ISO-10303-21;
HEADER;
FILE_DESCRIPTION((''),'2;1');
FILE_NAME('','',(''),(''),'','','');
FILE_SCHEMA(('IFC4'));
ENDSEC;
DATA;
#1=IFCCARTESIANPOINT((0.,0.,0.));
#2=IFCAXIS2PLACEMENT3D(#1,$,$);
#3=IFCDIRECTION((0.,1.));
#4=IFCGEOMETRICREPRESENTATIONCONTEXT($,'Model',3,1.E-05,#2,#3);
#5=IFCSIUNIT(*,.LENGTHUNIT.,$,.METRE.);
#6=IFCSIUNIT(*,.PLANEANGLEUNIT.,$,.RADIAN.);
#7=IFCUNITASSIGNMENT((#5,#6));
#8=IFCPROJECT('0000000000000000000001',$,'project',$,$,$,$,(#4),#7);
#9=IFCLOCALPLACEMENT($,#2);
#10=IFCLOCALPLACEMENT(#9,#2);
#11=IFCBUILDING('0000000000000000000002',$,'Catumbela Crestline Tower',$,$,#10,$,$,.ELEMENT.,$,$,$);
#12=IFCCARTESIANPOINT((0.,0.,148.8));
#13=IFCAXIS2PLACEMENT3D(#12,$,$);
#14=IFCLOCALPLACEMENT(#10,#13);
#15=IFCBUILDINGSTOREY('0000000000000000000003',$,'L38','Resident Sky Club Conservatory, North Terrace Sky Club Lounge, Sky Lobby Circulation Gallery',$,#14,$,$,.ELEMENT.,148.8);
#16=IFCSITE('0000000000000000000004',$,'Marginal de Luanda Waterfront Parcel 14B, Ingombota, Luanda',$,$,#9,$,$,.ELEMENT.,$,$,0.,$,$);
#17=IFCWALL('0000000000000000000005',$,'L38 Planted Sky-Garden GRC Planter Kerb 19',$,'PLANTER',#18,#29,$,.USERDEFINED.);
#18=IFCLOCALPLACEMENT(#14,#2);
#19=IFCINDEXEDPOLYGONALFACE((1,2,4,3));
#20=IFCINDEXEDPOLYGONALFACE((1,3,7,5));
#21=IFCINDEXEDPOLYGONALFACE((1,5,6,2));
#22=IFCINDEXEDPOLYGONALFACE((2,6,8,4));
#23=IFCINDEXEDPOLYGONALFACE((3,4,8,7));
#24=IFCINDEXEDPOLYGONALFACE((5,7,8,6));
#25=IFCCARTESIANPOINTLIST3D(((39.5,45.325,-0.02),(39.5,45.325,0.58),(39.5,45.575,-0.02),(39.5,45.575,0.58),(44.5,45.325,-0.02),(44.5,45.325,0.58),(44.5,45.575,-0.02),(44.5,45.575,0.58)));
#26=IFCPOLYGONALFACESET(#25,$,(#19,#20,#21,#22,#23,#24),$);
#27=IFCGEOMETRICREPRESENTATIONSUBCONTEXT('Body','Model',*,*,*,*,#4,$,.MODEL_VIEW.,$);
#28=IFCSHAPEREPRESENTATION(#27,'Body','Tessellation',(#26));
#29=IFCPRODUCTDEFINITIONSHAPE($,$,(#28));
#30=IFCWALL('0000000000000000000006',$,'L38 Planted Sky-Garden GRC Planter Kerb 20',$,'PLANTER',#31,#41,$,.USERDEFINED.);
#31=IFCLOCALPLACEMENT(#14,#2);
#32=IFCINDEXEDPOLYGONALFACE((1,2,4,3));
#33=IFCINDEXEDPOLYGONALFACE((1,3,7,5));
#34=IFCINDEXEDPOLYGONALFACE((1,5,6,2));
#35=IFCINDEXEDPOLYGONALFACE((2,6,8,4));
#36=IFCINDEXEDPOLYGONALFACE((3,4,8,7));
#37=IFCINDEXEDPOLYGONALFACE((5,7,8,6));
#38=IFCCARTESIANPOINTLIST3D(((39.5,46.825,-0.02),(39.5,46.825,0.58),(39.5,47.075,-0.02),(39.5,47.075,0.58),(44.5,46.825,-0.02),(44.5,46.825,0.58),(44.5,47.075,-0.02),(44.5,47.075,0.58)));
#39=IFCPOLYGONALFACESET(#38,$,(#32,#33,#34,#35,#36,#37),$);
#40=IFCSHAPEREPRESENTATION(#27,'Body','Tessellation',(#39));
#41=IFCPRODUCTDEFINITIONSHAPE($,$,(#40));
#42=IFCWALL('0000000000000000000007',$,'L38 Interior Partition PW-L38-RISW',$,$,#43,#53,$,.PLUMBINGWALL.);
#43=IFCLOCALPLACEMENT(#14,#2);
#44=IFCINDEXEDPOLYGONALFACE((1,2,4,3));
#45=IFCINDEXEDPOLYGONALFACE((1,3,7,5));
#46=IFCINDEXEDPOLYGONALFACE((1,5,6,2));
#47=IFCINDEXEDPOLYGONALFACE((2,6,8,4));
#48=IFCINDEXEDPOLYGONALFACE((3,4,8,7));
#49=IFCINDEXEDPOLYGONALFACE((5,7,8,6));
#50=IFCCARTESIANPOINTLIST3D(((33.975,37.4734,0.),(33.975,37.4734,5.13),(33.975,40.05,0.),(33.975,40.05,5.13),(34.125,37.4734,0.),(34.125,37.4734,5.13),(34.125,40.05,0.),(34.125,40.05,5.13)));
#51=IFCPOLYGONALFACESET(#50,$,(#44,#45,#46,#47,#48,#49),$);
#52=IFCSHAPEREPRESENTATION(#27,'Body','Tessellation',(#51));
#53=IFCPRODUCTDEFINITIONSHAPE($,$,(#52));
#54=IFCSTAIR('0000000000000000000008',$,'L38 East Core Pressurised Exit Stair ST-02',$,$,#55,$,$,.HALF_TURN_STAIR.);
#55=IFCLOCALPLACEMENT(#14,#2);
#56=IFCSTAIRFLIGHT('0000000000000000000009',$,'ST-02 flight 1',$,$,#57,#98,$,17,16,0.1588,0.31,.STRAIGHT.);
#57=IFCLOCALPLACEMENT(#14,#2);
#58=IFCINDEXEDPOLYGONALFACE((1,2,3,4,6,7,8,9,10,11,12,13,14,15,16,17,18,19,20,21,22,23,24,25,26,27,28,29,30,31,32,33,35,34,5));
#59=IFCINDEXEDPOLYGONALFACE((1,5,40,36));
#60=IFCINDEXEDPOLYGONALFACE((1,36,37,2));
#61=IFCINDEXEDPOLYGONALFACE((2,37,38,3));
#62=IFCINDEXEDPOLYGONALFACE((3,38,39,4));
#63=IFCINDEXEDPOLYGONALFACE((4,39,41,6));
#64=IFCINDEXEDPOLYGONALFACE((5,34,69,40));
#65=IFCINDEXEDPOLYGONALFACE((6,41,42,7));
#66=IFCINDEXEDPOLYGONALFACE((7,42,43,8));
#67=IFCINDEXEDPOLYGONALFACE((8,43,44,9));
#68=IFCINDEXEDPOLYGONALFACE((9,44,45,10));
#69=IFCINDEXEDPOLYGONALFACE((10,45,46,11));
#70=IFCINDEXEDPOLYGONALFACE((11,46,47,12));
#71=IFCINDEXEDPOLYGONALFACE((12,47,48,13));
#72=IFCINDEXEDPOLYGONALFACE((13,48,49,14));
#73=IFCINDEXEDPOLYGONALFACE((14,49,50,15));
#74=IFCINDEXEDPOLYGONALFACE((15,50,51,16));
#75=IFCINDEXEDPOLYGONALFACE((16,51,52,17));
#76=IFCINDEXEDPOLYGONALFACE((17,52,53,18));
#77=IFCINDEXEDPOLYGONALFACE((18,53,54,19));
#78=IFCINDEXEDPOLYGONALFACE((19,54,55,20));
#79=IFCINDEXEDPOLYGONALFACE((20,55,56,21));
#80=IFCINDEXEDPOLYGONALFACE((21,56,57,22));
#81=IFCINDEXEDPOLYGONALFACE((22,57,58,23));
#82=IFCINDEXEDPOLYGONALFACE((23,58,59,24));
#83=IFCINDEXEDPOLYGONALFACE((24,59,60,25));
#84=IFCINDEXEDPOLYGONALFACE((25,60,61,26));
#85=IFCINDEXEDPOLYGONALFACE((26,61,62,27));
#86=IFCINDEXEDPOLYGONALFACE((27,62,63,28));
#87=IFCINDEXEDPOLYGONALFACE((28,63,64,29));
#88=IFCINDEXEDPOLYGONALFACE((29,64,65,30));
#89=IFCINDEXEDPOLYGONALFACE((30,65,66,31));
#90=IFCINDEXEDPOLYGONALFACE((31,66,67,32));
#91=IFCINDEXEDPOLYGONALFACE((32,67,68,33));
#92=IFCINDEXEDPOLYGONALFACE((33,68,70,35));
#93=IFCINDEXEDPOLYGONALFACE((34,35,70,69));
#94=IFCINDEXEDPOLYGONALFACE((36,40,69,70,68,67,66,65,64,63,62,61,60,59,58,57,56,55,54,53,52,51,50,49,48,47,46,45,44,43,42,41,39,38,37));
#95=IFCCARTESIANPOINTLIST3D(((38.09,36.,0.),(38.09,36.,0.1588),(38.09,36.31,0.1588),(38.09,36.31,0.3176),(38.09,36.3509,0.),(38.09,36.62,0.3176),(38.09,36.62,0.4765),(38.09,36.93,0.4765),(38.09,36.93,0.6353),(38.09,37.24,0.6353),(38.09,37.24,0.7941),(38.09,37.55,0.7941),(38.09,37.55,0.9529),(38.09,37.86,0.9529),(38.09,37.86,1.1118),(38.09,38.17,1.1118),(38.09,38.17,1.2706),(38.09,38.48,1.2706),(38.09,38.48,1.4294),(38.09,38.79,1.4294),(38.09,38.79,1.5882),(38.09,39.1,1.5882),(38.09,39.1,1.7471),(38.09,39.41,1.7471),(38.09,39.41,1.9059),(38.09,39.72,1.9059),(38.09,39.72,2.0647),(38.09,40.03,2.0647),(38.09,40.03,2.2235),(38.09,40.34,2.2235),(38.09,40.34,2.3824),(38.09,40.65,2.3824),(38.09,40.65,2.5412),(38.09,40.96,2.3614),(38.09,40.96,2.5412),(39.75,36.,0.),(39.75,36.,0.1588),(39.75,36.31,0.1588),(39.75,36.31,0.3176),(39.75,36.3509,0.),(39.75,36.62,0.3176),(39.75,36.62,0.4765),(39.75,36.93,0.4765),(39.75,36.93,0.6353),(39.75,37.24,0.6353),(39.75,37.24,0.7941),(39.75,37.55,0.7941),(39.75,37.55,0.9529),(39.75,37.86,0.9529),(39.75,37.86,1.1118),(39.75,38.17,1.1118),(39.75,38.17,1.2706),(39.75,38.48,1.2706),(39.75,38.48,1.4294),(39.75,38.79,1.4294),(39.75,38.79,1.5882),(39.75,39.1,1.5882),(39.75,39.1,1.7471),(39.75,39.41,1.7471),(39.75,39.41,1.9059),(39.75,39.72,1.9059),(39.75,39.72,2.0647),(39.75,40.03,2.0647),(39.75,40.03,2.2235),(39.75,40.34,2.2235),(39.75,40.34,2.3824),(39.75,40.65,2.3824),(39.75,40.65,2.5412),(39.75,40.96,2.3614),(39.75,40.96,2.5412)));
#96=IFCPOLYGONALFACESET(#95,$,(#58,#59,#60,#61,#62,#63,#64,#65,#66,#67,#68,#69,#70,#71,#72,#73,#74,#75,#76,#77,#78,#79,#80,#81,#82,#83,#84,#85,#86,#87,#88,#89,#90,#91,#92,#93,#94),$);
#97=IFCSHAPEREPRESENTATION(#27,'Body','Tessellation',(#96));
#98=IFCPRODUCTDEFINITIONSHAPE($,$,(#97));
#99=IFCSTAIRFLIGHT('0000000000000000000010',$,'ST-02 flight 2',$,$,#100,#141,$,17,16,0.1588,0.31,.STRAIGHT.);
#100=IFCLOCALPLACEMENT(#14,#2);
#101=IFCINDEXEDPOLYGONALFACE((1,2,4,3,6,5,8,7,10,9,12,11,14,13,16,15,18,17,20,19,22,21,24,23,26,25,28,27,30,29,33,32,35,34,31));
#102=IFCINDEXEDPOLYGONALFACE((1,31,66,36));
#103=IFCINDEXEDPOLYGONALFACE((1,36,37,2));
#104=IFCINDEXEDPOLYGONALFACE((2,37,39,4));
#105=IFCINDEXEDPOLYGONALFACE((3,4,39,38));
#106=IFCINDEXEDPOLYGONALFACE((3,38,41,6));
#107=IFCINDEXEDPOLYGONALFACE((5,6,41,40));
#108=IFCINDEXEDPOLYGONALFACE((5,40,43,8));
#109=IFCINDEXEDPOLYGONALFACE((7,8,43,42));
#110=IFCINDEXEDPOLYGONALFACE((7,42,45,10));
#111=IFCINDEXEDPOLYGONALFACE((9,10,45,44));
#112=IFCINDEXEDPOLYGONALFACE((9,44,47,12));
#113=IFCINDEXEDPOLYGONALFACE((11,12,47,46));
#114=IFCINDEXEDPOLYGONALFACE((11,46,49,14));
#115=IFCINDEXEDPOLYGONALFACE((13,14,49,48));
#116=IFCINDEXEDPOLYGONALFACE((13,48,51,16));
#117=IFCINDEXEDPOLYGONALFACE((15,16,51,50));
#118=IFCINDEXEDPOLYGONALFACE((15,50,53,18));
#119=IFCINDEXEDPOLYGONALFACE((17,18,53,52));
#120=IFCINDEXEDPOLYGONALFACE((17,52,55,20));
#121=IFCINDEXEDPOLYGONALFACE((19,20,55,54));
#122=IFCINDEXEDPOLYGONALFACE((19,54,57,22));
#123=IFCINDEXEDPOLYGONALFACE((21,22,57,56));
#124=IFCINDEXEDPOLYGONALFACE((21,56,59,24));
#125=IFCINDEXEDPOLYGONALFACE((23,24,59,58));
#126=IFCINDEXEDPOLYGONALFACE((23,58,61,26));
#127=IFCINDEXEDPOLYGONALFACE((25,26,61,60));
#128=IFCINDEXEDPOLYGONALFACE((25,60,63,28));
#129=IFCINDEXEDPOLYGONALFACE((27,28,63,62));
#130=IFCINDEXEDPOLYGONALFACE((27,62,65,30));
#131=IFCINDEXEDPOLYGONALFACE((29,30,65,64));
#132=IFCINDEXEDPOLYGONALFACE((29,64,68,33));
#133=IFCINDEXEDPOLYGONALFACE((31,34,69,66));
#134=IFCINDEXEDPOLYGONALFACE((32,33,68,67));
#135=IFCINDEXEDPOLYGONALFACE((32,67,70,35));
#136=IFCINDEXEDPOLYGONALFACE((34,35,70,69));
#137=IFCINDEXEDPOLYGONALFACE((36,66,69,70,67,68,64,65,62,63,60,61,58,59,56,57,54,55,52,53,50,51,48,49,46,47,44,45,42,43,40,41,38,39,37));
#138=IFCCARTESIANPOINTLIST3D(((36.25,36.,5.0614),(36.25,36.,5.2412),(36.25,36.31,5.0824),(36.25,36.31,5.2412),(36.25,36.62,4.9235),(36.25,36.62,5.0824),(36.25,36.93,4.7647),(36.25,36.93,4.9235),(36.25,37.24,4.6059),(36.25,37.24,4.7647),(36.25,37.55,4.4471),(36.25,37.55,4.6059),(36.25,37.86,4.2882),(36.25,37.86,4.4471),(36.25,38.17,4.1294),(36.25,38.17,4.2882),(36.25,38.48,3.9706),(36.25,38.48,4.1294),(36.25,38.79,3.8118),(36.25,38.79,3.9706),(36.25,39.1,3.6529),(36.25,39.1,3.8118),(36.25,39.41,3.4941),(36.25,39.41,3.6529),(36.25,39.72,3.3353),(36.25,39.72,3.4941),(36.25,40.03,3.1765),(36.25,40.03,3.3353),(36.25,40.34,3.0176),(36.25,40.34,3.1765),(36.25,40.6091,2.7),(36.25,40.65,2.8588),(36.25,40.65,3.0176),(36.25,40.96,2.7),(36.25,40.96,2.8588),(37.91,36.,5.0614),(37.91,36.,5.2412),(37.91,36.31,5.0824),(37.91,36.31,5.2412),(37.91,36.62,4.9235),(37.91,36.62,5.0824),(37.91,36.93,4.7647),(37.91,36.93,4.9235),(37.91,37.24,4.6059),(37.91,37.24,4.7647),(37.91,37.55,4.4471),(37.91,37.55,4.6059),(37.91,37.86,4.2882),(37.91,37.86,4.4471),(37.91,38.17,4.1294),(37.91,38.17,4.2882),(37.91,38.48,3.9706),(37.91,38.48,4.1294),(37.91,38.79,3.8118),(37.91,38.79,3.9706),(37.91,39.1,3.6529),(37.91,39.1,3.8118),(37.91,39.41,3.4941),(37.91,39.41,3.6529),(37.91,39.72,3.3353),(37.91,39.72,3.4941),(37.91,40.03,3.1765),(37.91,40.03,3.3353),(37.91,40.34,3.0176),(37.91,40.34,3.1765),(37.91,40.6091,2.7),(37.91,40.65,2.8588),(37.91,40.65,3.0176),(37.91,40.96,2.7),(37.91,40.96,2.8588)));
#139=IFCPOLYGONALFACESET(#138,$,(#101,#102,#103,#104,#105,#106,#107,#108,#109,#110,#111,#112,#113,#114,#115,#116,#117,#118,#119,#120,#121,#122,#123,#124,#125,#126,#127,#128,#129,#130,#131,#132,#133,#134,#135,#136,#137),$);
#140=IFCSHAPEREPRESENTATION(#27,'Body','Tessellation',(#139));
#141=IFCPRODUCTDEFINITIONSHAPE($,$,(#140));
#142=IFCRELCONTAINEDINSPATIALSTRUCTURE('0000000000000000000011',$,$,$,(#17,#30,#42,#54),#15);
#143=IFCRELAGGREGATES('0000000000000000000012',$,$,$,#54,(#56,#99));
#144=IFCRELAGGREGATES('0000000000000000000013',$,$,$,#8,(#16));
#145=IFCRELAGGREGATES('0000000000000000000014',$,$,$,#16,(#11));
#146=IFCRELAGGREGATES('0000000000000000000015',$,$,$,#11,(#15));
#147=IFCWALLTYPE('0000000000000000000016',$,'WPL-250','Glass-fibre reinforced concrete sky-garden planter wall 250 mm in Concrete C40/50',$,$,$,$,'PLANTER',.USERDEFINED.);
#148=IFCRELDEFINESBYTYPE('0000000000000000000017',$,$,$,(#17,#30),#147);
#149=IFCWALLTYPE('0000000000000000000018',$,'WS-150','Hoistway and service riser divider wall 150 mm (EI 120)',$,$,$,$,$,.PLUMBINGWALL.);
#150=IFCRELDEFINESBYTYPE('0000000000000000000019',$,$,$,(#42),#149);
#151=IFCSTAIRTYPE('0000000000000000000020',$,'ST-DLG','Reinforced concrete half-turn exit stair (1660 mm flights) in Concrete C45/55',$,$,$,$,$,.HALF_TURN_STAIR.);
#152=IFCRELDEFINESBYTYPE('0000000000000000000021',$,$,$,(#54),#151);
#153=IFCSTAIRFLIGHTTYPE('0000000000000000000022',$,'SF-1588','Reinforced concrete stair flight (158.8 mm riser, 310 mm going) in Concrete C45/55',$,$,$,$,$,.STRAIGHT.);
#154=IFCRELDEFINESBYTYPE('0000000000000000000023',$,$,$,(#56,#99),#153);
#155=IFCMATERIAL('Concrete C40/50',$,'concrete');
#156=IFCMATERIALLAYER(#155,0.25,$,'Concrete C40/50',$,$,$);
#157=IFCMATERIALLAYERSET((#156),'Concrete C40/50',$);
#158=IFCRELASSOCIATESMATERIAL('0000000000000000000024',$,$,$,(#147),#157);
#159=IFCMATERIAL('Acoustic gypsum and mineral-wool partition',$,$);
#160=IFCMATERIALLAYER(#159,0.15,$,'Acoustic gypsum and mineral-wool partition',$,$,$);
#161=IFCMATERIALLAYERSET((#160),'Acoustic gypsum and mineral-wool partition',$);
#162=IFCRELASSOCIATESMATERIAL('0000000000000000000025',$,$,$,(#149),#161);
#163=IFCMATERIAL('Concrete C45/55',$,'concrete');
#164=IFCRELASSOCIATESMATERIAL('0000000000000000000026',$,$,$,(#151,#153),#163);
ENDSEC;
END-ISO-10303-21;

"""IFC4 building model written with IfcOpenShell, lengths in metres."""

from ifc_helpers import new_model, si_unit, direction, frame, frame_2d, origin, place, context, subcontext, project, spatial, polyline, rectangle, outline, extrude, material, layer, layer_set, type_object, element, aggregate, save


model = new_model("IFC4")

# Units and contexts
model_context = context("Model", 3, precision=1e-05, world=origin(), true_north=direction((0.0, 1.0)))
body_context = subcontext(model_context, "Body", "Model", "MODEL_VIEW")
ifc_project = project(units=[si_unit("LENGTHUNIT", "METRE"), si_unit("PLANEANGLEUNIT", "RADIAN")], contexts=[model_context])

# Site, building, storey
site_placement = place(None, origin())
site = spatial("IfcSite", under=ifc_project, at=site_placement, Name="Marginal de Luanda Waterfront Parcel 14B, Ingombota, Luanda", CompositionType="ELEMENT", RefElevation=0.0)
building_placement = place(site_placement, origin())
building = spatial("IfcBuilding", under=site, at=building_placement, Name="Catumbela Crestline Tower", CompositionType="ELEMENT")
storey_placement = place(building_placement, frame((0.0, 0.0, 148.8)))
storey = spatial("IfcBuildingStorey", under=building, at=storey_placement, Name="L38", Description="Resident Sky Club Conservatory, North Terrace Sky Club Lounge, Sky Lobby Circulation Gallery", CompositionType="ELEMENT", Elevation=148.8)

# Shared definitions
ifc_material_1 = material(Name="Acoustic gypsum and mineral-wool partition")

# Walls
ifc_material_2 = material(Name="Concrete C40/50", Category="concrete")
ifc_layer_1 = layer(ifc_material_2, 0.25, Name="Concrete C40/50")
ifc_layer_set_1 = layer_set([ifc_layer_1], Name="Concrete C40/50")
wall_type_1 = type_object("IfcWallType", Name="WPL-250", Description="Glass-fibre reinforced concrete sky-garden planter wall 250 mm in Concrete C40/50", ElementType="PLANTER", PredefinedType="USERDEFINED", material=ifc_layer_set_1)
for number, where, z_axis, x_axis, name in (
    (1, (39.5, 45.45, -0.02), (0.0, 0.0, 1.0), (1.0, 0.0, 0.0), "L38 Planted Sky-Garden GRC Planter Kerb 19"),
    (2, (39.5, 46.95, -0.02), (0.0, 0.0, 1.0), (1.0, 0.0, 0.0), "L38 Planted Sky-Garden GRC Planter Kerb 20"),
):
    element("IfcWall", number, at=place(storey_placement, frame(where, z_axis=z_axis, x_axis=x_axis)), inside=storey, type_object=wall_type_1, Name=name, ObjectType="PLANTER", PredefinedType="USERDEFINED", context=body_context, shape_type="SweptSolid", body=[
        extrude(rectangle(XDim=5.0, YDim=0.25, at=frame_2d((2.5, 0.0))), origin(), (0.0, 0.0, 1.0), 0.6),
    ])
ifc_layer_2 = layer(ifc_material_1, 0.15, Name="Acoustic gypsum and mineral-wool partition")
ifc_layer_set_2 = layer_set([ifc_layer_2], Name="Acoustic gypsum and mineral-wool partition")
wall_type_2 = type_object("IfcWallType", Name="WS-150", Description="Hoistway and service riser divider wall 150 mm (EI 120)", PredefinedType="PLUMBINGWALL", material=ifc_layer_set_2)
wall_1_placement = place(storey_placement, frame((34.05, 37.4734, 0.0), z_axis=(0.0, 0.0, 1.0), x_axis=(0.0, 1.0, 0.0)))
element("IfcWall", 3, at=wall_1_placement, inside=storey, type_object=wall_type_2, Name="L38 Interior Partition PW-L38-RISW", PredefinedType="PLUMBINGWALL", context=body_context, shape_type="SweptSolid", body=[
    extrude(rectangle(XDim=2.5766, YDim=0.15, at=frame_2d((1.2883, 0.0))), origin(), (0.0, 0.0, 1.0), 5.13),
])

# Stair, stair flights
ifc_material_3 = material(Name="Concrete C45/55", Category="concrete")
stair_type = type_object("IfcStairType", Name="ST-DLG", Description="Reinforced concrete half-turn exit stair (1660 mm flights) in Concrete C45/55", PredefinedType="HALF_TURN_STAIR", material=ifc_material_3)
stair_placement = place(storey_placement, origin())
stair = element("IfcStair", 4, at=stair_placement, inside=storey, type_object=stair_type, Name="L38 East Core Pressurised Exit Stair ST-02", PredefinedType="HALF_TURN_STAIR")
stair_flight_type = type_object("IfcStairFlightType", Name="SF-1588", Description="Reinforced concrete stair flight (158.8 mm riser, 310 mm going) in Concrete C45/55", PredefinedType="STRAIGHT", material=ifc_material_3)
stair_flight_1_placement = place(storey_placement, frame((38.92, 36.0, 0.0), z_axis=(0.0, 0.0, 1.0), x_axis=(0.0, 1.0, 0.0)))
stair_flight_1 = element("IfcStairFlight", 5, at=stair_flight_1_placement, type_object=stair_flight_type, Name="ST-02 flight 1", NumberOfRisers=17, NumberOfTreads=16, PredefinedType="STRAIGHT", RiserHeight=0.1588, TreadLength=0.31, context=body_context, shape_type="SweptSolid", body=[
    extrude(outline(polyline([(0.0, 0.0), (0.0, 0.1588), (0.31, 0.1588), (0.31, 0.3176), (0.62, 0.3176), (0.62, 0.4765), (0.93, 0.4765), (0.93, 0.6353), (1.24, 0.6353), (1.24, 0.7941), (1.55, 0.7941), (1.55, 0.9529), (1.86, 0.9529), (1.86, 1.1118), (2.17, 1.1118), (2.17, 1.2706), (2.48, 1.2706), (2.48, 1.4294), (2.79, 1.4294), (2.79, 1.5882), (3.1, 1.5882), (3.1, 1.7471), (3.41, 1.7471), (3.41, 1.9059), (3.72, 1.9059), (3.72, 2.0647), (4.03, 2.0647), (4.03, 2.2235), (4.34, 2.2235), (4.34, 2.3824), (4.65, 2.3824), (4.65, 2.5412), (4.96, 2.5412), (4.96, 2.7), (4.96, 2.3614), (0.3509, 0.0), (0.0, 0.0)])), frame((0.0, 0.83, 0.0), z_axis=(0.0, -1.0, 0.0), x_axis=(1.0, 0.0, 0.0)), (0.0, 0.0, 1.0), 1.66),
])
stair_flight_2_placement = place(storey_placement, frame((37.08, 40.96, 2.7), z_axis=(0.0, 0.0, 1.0), x_axis=(0.0, -1.0, 0.0)))
stair_flight_2 = element("IfcStairFlight", 6, at=stair_flight_2_placement, type_object=stair_flight_type, Name="ST-02 flight 2", NumberOfRisers=17, NumberOfTreads=16, PredefinedType="STRAIGHT", RiserHeight=0.1588, TreadLength=0.31, context=body_context, shape_type="SweptSolid", body=[
    extrude(outline(polyline([(0.0, 0.0), (0.0, 0.1588), (0.31, 0.1588), (0.31, 0.3176), (0.62, 0.3176), (0.62, 0.4765), (0.93, 0.4765), (0.93, 0.6353), (1.24, 0.6353), (1.24, 0.7941), (1.55, 0.7941), (1.55, 0.9529), (1.86, 0.9529), (1.86, 1.1118), (2.17, 1.1118), (2.17, 1.2706), (2.48, 1.2706), (2.48, 1.4294), (2.79, 1.4294), (2.79, 1.5882), (3.1, 1.5882), (3.1, 1.7471), (3.41, 1.7471), (3.41, 1.9059), (3.72, 1.9059), (3.72, 2.0647), (4.03, 2.0647), (4.03, 2.2235), (4.34, 2.2235), (4.34, 2.3824), (4.65, 2.3824), (4.65, 2.5412), (4.96, 2.5412), (4.96, 2.7), (4.96, 2.3614), (0.3509, 0.0), (0.0, 0.0)])), frame((0.0, 0.83, 0.0), z_axis=(0.0, -1.0, 0.0), x_axis=(1.0, 0.0, 0.0)), (0.0, 0.0, 1.0), 1.66),
])
aggregate(stair, [stair_flight_1, stair_flight_2])

save(model, "model.ifc")
